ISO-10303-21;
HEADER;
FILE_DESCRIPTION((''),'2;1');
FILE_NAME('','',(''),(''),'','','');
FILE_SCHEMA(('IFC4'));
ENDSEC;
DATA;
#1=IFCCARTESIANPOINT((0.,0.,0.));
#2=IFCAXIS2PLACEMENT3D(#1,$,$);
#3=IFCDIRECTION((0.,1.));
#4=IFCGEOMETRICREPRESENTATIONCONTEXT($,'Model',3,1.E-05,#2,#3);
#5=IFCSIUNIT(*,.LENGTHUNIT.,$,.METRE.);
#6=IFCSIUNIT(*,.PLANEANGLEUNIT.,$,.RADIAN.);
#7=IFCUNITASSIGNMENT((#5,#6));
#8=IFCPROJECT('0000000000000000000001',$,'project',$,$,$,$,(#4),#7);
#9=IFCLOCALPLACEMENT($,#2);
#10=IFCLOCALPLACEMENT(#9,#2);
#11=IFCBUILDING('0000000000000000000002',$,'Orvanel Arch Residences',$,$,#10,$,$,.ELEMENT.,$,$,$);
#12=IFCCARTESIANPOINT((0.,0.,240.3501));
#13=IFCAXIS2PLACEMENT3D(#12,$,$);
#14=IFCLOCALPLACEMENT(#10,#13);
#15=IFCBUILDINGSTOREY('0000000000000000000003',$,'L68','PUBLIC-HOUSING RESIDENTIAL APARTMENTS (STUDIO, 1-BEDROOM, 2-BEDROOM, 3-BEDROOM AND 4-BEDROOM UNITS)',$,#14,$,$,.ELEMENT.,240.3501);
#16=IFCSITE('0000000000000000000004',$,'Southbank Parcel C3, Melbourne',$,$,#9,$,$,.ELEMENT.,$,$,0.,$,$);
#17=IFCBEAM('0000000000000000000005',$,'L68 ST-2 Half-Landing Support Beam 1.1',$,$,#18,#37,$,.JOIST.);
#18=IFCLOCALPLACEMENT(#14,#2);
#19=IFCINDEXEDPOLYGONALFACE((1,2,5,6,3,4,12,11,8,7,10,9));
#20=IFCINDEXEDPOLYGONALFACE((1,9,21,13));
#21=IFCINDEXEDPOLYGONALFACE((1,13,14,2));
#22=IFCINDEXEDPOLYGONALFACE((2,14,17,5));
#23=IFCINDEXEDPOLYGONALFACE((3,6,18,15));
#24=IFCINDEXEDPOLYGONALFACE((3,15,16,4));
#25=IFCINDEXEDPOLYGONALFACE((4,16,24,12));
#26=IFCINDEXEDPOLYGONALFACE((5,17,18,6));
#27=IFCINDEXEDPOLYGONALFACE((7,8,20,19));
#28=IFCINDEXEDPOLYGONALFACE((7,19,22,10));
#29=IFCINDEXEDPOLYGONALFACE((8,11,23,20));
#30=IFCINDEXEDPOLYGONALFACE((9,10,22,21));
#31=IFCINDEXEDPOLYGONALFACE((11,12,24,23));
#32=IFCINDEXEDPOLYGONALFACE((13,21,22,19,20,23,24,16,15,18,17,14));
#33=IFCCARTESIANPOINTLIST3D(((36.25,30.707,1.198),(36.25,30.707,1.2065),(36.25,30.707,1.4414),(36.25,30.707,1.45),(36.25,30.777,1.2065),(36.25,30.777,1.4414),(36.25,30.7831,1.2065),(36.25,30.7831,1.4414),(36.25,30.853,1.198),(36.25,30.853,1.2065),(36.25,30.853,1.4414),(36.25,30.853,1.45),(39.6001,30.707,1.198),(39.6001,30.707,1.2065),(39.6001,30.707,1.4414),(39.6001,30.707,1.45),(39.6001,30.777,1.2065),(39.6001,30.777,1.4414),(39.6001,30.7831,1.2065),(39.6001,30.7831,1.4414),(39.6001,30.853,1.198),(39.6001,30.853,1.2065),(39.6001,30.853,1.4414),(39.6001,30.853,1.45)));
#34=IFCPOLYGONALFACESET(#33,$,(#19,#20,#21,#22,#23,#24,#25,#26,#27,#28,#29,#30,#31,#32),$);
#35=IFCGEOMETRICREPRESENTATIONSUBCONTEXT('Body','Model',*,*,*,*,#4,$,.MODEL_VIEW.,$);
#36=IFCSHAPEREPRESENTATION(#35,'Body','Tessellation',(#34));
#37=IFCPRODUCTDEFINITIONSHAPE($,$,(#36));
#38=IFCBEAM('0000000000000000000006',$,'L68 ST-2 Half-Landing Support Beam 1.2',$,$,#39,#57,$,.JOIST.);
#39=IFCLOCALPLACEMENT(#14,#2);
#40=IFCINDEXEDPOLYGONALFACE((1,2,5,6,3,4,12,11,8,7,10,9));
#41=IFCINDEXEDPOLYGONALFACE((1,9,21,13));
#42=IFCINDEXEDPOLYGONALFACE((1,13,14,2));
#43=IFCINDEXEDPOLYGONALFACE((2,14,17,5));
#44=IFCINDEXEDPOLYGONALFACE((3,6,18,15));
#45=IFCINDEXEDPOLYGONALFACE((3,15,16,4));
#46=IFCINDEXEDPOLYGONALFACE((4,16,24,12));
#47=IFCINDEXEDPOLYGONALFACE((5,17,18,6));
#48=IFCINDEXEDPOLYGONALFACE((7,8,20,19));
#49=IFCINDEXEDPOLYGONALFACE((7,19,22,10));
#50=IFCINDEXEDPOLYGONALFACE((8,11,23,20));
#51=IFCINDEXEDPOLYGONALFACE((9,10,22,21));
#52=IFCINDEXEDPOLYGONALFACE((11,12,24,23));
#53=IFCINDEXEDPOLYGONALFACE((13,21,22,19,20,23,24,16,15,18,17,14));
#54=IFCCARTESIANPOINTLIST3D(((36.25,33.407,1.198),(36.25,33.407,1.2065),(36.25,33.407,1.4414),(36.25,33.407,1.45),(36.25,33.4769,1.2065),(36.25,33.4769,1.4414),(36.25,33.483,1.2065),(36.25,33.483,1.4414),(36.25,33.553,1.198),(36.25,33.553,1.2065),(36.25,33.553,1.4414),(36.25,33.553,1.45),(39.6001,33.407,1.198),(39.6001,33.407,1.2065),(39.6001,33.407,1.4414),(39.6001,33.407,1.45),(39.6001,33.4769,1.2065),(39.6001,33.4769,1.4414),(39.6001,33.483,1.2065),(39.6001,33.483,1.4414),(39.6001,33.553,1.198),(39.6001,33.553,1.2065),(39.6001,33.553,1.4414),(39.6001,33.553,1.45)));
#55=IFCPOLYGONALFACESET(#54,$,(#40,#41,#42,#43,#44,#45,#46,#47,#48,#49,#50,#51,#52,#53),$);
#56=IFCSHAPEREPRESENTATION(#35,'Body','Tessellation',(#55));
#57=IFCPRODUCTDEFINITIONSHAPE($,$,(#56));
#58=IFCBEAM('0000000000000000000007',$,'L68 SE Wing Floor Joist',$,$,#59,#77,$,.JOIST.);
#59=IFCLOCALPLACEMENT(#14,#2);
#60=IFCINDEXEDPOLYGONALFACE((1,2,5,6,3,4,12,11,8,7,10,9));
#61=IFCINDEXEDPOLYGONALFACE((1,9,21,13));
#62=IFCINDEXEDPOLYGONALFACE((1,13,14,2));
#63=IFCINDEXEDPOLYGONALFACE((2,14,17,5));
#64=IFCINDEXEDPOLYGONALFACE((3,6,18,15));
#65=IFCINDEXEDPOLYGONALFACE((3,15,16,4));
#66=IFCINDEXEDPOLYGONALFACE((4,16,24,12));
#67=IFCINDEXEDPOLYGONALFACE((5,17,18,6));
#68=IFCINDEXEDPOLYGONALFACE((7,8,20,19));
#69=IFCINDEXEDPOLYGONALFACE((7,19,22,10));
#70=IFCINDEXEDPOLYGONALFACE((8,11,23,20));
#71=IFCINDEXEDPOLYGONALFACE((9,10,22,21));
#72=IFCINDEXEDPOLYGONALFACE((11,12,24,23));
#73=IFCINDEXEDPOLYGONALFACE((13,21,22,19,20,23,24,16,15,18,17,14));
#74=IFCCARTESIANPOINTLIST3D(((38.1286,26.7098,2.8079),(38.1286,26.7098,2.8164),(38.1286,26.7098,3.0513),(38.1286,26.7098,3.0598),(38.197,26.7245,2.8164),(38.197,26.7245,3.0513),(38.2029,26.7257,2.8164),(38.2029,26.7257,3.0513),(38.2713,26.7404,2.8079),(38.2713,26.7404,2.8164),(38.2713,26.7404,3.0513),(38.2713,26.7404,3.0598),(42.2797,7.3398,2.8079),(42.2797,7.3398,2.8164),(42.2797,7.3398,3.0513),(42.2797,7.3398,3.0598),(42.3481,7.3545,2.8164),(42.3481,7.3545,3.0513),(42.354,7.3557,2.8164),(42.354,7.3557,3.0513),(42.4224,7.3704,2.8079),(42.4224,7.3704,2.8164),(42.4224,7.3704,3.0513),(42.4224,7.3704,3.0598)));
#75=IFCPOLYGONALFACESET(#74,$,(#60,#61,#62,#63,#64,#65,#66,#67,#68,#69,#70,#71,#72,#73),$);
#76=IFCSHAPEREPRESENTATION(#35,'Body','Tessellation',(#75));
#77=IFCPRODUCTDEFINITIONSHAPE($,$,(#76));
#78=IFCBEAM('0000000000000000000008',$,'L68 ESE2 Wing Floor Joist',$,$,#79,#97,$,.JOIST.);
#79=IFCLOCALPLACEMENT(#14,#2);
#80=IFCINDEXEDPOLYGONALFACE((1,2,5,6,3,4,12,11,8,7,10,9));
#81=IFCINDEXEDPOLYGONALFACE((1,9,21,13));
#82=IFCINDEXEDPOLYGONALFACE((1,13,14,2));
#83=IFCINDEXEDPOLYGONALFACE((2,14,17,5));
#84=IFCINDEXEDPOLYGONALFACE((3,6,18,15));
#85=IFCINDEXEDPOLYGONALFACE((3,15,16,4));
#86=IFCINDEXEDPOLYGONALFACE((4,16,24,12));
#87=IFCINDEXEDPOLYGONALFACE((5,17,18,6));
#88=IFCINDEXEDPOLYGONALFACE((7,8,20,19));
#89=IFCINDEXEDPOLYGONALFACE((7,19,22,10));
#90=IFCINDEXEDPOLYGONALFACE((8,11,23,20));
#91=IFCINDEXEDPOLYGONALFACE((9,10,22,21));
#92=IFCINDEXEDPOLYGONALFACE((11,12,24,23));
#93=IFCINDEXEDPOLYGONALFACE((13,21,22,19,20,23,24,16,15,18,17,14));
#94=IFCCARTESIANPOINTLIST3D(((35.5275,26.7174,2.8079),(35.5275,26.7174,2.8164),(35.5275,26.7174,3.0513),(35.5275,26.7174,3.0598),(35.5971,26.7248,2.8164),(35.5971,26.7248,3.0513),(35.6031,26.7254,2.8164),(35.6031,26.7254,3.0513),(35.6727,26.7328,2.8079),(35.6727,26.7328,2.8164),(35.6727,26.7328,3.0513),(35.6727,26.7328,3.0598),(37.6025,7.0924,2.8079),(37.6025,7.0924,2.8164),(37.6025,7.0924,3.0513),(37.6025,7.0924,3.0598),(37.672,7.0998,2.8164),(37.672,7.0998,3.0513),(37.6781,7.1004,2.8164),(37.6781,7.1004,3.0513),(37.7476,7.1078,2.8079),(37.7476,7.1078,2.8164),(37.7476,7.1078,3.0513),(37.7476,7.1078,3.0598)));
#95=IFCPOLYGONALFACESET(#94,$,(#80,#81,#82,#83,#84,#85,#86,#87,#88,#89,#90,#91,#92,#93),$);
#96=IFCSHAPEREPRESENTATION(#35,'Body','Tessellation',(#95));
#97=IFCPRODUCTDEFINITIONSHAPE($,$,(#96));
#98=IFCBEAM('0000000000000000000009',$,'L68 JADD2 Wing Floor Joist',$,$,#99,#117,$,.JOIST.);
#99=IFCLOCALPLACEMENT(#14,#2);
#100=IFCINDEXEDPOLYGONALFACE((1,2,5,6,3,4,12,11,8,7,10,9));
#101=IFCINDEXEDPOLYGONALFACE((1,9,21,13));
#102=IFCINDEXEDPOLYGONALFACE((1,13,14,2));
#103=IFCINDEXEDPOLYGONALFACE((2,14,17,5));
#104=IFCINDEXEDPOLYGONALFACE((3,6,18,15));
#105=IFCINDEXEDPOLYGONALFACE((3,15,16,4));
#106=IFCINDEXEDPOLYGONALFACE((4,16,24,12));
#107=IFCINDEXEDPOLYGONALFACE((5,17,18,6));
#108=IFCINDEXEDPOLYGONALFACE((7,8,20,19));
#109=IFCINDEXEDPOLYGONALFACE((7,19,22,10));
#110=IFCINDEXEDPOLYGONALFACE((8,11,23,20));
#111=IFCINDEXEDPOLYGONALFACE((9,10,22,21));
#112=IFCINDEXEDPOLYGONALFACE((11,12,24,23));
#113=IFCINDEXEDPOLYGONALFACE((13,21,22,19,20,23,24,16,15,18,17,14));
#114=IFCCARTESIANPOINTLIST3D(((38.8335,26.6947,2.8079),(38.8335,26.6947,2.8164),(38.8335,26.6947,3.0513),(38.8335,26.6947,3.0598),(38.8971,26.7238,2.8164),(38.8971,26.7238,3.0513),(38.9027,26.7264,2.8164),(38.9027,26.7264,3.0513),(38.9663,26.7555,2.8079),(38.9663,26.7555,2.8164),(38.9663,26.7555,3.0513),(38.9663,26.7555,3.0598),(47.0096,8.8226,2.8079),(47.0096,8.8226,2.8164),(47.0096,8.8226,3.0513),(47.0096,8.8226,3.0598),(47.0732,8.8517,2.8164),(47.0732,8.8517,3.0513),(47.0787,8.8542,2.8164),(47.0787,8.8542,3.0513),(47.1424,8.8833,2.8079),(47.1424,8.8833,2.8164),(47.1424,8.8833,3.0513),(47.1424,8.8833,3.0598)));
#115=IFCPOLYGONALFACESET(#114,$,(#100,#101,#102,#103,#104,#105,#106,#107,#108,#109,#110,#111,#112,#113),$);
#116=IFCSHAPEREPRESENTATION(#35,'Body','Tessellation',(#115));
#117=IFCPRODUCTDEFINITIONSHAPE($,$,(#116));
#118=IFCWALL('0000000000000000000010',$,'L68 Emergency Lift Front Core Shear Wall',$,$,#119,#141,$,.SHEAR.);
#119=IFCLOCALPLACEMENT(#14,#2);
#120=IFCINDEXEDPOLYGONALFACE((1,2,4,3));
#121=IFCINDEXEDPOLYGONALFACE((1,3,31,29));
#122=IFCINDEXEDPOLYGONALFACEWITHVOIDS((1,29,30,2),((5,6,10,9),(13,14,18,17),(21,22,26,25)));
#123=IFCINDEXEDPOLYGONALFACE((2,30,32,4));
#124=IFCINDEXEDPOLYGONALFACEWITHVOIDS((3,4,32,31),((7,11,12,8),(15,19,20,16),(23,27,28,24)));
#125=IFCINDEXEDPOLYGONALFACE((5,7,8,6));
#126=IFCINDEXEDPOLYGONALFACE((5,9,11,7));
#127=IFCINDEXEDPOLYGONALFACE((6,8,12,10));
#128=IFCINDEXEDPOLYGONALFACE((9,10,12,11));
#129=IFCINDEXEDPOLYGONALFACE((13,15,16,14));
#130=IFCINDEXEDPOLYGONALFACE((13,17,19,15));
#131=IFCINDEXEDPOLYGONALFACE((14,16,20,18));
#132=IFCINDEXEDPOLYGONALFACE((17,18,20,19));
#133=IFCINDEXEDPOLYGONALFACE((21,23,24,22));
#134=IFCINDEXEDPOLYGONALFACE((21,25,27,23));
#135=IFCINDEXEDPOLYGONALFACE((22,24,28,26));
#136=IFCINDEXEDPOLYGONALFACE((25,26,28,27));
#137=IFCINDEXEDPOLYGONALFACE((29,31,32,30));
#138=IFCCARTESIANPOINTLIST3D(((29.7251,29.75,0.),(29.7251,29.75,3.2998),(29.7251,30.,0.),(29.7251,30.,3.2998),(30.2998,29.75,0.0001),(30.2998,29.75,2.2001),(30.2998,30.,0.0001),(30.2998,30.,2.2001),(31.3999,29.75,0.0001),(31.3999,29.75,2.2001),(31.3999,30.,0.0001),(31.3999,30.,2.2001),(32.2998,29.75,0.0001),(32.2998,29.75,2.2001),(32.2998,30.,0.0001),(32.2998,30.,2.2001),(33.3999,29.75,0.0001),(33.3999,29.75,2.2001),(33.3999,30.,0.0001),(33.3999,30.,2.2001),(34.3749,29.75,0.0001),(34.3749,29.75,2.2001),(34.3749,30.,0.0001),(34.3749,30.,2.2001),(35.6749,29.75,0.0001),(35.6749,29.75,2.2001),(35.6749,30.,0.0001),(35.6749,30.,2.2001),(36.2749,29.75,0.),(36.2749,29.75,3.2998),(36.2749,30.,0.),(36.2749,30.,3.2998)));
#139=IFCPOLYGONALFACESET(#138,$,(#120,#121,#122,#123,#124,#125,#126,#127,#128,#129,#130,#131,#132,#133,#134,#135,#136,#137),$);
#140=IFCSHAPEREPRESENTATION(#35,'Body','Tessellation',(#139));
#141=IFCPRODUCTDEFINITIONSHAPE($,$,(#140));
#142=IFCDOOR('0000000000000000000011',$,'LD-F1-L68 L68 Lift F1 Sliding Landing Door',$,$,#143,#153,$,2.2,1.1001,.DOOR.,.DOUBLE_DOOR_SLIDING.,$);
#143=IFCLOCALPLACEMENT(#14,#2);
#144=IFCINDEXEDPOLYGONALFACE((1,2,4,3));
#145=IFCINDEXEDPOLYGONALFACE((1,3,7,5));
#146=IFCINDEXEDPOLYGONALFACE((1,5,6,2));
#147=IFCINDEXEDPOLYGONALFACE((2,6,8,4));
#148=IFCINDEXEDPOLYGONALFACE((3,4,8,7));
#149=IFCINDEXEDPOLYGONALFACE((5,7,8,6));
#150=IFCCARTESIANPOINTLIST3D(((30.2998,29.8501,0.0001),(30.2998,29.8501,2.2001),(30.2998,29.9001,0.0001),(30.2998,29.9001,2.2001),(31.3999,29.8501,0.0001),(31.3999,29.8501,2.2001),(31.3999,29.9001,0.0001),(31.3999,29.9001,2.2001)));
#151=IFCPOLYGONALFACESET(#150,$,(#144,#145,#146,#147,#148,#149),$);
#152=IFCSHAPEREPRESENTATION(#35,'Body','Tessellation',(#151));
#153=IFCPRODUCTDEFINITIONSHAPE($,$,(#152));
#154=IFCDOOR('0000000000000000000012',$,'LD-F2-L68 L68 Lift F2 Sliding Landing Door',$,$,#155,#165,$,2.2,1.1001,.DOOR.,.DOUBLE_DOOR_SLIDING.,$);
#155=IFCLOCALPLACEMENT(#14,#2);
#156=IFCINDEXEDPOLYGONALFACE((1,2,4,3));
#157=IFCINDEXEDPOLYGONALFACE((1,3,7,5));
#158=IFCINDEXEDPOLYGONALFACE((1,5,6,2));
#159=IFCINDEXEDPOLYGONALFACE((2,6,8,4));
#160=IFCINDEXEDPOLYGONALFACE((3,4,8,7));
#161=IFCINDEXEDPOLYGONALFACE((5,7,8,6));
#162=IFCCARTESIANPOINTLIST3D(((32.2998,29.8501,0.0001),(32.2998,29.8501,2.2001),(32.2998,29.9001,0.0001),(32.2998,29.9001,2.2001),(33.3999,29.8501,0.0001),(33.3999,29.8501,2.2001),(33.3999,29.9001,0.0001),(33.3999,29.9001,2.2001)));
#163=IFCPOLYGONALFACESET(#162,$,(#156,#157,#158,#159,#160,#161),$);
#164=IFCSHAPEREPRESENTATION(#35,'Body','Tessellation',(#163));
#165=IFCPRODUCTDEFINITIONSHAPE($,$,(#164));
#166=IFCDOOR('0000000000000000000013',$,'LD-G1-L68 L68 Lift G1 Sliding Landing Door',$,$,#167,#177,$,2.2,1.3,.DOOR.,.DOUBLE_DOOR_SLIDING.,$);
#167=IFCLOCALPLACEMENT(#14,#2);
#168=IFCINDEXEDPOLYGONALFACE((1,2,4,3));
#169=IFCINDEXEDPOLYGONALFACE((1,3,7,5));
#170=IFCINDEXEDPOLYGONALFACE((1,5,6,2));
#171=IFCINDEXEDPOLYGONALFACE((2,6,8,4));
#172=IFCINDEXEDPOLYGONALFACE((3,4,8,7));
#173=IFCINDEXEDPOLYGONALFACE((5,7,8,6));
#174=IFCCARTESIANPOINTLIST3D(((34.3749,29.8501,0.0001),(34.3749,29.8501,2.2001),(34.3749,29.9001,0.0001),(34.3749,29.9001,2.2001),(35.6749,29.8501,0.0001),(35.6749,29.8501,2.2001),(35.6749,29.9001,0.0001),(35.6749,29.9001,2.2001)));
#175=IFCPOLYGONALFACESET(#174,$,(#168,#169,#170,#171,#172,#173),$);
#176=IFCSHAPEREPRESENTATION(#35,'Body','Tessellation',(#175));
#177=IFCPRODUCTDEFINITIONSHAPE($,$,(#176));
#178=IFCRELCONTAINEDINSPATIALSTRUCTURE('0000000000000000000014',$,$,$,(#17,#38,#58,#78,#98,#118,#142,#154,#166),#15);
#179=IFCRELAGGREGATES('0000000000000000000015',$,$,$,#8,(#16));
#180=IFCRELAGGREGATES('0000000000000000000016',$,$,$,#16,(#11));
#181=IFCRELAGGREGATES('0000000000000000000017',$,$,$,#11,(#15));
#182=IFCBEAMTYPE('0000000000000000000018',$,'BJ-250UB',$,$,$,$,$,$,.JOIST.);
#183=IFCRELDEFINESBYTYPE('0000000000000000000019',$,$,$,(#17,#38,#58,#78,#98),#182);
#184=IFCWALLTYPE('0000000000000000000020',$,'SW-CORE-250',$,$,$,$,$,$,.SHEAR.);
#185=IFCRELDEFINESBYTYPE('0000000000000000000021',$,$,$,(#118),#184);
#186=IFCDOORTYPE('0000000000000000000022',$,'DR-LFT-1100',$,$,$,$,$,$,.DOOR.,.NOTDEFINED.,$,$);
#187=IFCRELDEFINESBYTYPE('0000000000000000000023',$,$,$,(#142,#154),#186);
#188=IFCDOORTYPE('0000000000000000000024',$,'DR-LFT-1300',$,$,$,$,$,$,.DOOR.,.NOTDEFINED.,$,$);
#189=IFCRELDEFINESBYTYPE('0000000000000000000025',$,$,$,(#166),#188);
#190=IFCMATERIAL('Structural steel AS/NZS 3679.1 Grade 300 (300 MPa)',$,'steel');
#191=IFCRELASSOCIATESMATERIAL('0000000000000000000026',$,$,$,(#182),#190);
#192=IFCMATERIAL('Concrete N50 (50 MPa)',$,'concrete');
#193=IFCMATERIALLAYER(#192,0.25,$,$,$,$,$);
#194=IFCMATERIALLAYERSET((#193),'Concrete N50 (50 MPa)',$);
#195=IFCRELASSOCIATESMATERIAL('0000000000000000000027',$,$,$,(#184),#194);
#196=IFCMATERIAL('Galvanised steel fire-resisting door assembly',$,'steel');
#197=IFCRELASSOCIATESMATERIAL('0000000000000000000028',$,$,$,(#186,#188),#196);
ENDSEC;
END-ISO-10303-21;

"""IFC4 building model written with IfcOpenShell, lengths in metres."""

from ifc_helpers import new_model, si_unit, direction, frame, frame_2d, origin, origin_2d, place, context, subcontext, project, spatial, rectangle, i_section, extrude, material, layer, layer_set, material_profile, profile_set, type_object, element, fill, save


model = new_model("IFC4")

# Units and contexts
model_context = context("Model", 3, precision=1e-05, world=origin(), true_north=direction((0.0, 1.0)))
body_context = subcontext(model_context, "Body", "Model", "MODEL_VIEW")
ifc_project = project(units=[si_unit("LENGTHUNIT", "METRE"), si_unit("PLANEANGLEUNIT", "RADIAN")], contexts=[model_context])

# Site, building, storey
site_placement = place(None, origin())
site = spatial("IfcSite", under=ifc_project, at=site_placement, Name="Southbank Parcel C3, Melbourne", CompositionType="ELEMENT", RefElevation=0.0)
building_placement = place(site_placement, origin())
building = spatial("IfcBuilding", under=site, at=building_placement, Name="Orvanel Arch Residences", CompositionType="ELEMENT")
storey_placement = place(building_placement, frame((0.0, 0.0, 240.3501)))
storey = spatial("IfcBuildingStorey", under=building, at=storey_placement, Name="L68", Description="PUBLIC-HOUSING RESIDENTIAL APARTMENTS (STUDIO, 1-BEDROOM, 2-BEDROOM, 3-BEDROOM AND 4-BEDROOM UNITS)", CompositionType="ELEMENT", Elevation=240.3501)

# Beams
ifc_material_1 = material(Name="Structural steel AS/NZS 3679.1 Grade 300 (300 MPa)", Category="steel")
ifc_material_profile = material_profile(ifc_material_1, i_section(OverallWidth=0.146, OverallDepth=0.252, WebThickness=0.0061, FlangeThickness=0.0085, at=origin_2d()), Name="250UB31.4")
ifc_profile_set = profile_set([ifc_material_profile], Name="Structural steel AS/NZS 3679.1 Grade 300 (300 MPa)")
beam_type = type_object("IfcBeamType", Name="BJ-250UB", PredefinedType="JOIST", material=ifc_profile_set)
for number, where, z_axis, x_axis, name in (
    (1, (36.25, 30.78, 1.324), (1.0, 0.0, 0.0), (0.0, 1.0, 0.0), "L68 ST-2 Half-Landing Support Beam 1.1"),
    (2, (36.25, 33.48, 1.324), (1.0, 0.0, 0.0), (0.0, 1.0, 0.0), "L68 ST-2 Half-Landing Support Beam 1.2"),
):
    element("IfcBeam", number, at=place(storey_placement, frame(where, z_axis=z_axis, x_axis=x_axis)), inside=storey, type_object=beam_type, Name=name, PredefinedType="JOIST", context=body_context, shape_type="SweptSolid", body=[
        extrude(i_section(OverallWidth=0.146, OverallDepth=0.252, WebThickness=0.0061, FlangeThickness=0.0085, at=origin_2d()), origin(), (0.0, 0.0, 1.0), 3.3501),
    ])
beam_1_placement = place(storey_placement, frame((38.2, 26.7251, 2.9338), z_axis=(0.209548, -0.977798, 0.0), x_axis=(0.977798, 0.209548, 0.0)))
element("IfcBeam", 3, at=beam_1_placement, inside=storey, type_object=beam_type, Name="L68 SE Wing Floor Joist", PredefinedType="JOIST", context=body_context, shape_type="SweptSolid", body=[
    extrude(i_section(OverallWidth=0.146, OverallDepth=0.252, WebThickness=0.0061, FlangeThickness=0.0085, at=origin_2d()), origin(), (0.0, 0.0, 1.0), 19.8098),
])
beam_2_placement = place(storey_placement, frame((35.6001, 26.7251, 2.9338), z_axis=(0.105144, -0.994457, 0.0), x_axis=(0.994457, 0.105144, 0.0)))
element("IfcBeam", 4, at=beam_2_placement, inside=storey, type_object=beam_type, Name="L68 ESE2 Wing Floor Joist", PredefinedType="JOIST", context=body_context, shape_type="SweptSolid", body=[
    extrude(i_section(OverallWidth=0.146, OverallDepth=0.252, WebThickness=0.0061, FlangeThickness=0.0085, at=origin_2d()), origin(), (0.0, 0.0, 1.0), 19.7344),
])
beam_3_placement = place(storey_placement, frame((38.8999, 26.7251, 2.9338), z_axis=(0.41601, -0.90936, 0.0), x_axis=(0.90936, 0.41601, 0.0)))
element("IfcBeam", 5, at=beam_3_placement, inside=storey, type_object=beam_type, Name="L68 JADD2 Wing Floor Joist", PredefinedType="JOIST", context=body_context, shape_type="SweptSolid", body=[
    extrude(i_section(OverallWidth=0.146, OverallDepth=0.252, WebThickness=0.0061, FlangeThickness=0.0085, at=origin_2d()), origin(), (0.0, 0.0, 1.0), 19.6536),
])

# Wall, openings, doors
ifc_material_2 = material(Name="Concrete N50 (50 MPa)", Category="concrete")
ifc_layer_1 = layer(ifc_material_2, 0.25)
ifc_layer_set_1 = layer_set([ifc_layer_1], Name="Concrete N50 (50 MPa)")
wall_type_1 = type_object("IfcWallType", Name="SW-CORE-250", PredefinedType="SHEAR", material=ifc_layer_set_1)
wall_1_placement = place(storey_placement, frame((36.2749, 29.875, 0.0), z_axis=(0.0, 0.0, 1.0), x_axis=(-1.0, 0.0, 0.0)))
wall_1 = element("IfcWall", 6, at=wall_1_placement, inside=storey, type_object=wall_type_1, Name="L68 Emergency Lift Front Core Shear Wall", PredefinedType="SHEAR", context=body_context, shape_type="SweptSolid", body=[
    extrude(rectangle(XDim=6.5498, YDim=0.25, at=frame_2d((3.2749, 0.0))), origin(), (0.0, 0.0, 1.0), 3.2998),
])
opening_1_placement = place(wall_1_placement, frame((4.875, 0.0, 0.0)))
opening_1 = element("IfcOpeningElement", 7, at=opening_1_placement, cuts=wall_1, PredefinedType="OPENING", context=body_context, shape_type="SweptSolid", body=[
    extrude(rectangle(XDim=1.1001, YDim=2.2, at=frame_2d((0.55, 1.1001))), frame((0.0, 0.135, 0.0), z_axis=(0.0, -1.0, 0.0), x_axis=(1.0, 0.0, 0.0)), (0.0, 0.0, 1.0), 0.27),
])
opening_2_placement = place(wall_1_placement, frame((2.875, 0.0, 0.0)))
opening_2 = element("IfcOpeningElement", 8, at=opening_2_placement, cuts=wall_1, PredefinedType="OPENING", context=body_context, shape_type="SweptSolid", body=[
    extrude(rectangle(XDim=1.1001, YDim=2.2, at=frame_2d((0.55, 1.1001))), frame((0.0, 0.135, 0.0), z_axis=(0.0, -1.0, 0.0), x_axis=(1.0, 0.0, 0.0)), (0.0, 0.0, 1.0), 0.27),
])
opening_3_placement = place(wall_1_placement, frame((0.6001, 0.0, 0.0)))
opening_3 = element("IfcOpeningElement", 9, at=opening_3_placement, cuts=wall_1, PredefinedType="OPENING", context=body_context, shape_type="SweptSolid", body=[
    extrude(rectangle(XDim=1.3, YDim=2.2, at=frame_2d((0.6499, 1.1001))), frame((0.0, 0.135, 0.0), z_axis=(0.0, -1.0, 0.0), x_axis=(1.0, 0.0, 0.0)), (0.0, 0.0, 1.0), 0.27),
])
ifc_material_3 = material(Name="Galvanised steel fire-resisting door assembly", Category="steel")
door_type_1 = type_object("IfcDoorType", Name="DR-LFT-1100", OperationType="NOTDEFINED", PredefinedType="DOOR", material=ifc_material_3)
door_1_placement = place(opening_1_placement, origin())
door_1 = element("IfcDoor", 10, at=door_1_placement, inside=storey, type_object=door_type_1, Name="LD-F1-L68 L68 Lift F1 Sliding Landing Door", OperationType="DOUBLE_DOOR_SLIDING", OverallHeight=2.2, OverallWidth=1.1001, PredefinedType="DOOR", context=body_context, shape_type="SweptSolid", body=[
    extrude(rectangle(XDim=1.1001, YDim=2.2, at=frame_2d((0.55, 1.1001))), frame((0.0, 0.0249, 0.0), z_axis=(0.0, -1.0, 0.0), x_axis=(1.0, 0.0, 0.0)), (0.0, 0.0, 1.0), 0.05),
])
fill(opening_1, door_1)
door_2_placement = place(opening_2_placement, origin())
door_2 = element("IfcDoor", 11, at=door_2_placement, inside=storey, type_object=door_type_1, Name="LD-F2-L68 L68 Lift F2 Sliding Landing Door", OperationType="DOUBLE_DOOR_SLIDING", OverallHeight=2.2, OverallWidth=1.1001, PredefinedType="DOOR", context=body_context, shape_type="SweptSolid", body=[
    extrude(rectangle(XDim=1.1001, YDim=2.2, at=frame_2d((0.55, 1.1001))), frame((0.0, 0.0249, 0.0), z_axis=(0.0, -1.0, 0.0), x_axis=(1.0, 0.0, 0.0)), (0.0, 0.0, 1.0), 0.05),
])
fill(opening_2, door_2)
door_type_2 = type_object("IfcDoorType", Name="DR-LFT-1300", OperationType="NOTDEFINED", PredefinedType="DOOR", material=ifc_material_3)
door_3_placement = place(opening_3_placement, origin())
door_3 = element("IfcDoor", 12, at=door_3_placement, inside=storey, type_object=door_type_2, Name="LD-G1-L68 L68 Lift G1 Sliding Landing Door", OperationType="DOUBLE_DOOR_SLIDING", OverallHeight=2.2, OverallWidth=1.3, PredefinedType="DOOR", context=body_context, shape_type="SweptSolid", body=[
    extrude(rectangle(XDim=1.3, YDim=2.2, at=frame_2d((0.6499, 1.1001))), frame((0.0, 0.0249, 0.0), z_axis=(0.0, -1.0, 0.0), x_axis=(1.0, 0.0, 0.0)), (0.0, 0.0, 1.0), 0.05),
])
fill(opening_3, door_3)

save(model, "model.ifc")
